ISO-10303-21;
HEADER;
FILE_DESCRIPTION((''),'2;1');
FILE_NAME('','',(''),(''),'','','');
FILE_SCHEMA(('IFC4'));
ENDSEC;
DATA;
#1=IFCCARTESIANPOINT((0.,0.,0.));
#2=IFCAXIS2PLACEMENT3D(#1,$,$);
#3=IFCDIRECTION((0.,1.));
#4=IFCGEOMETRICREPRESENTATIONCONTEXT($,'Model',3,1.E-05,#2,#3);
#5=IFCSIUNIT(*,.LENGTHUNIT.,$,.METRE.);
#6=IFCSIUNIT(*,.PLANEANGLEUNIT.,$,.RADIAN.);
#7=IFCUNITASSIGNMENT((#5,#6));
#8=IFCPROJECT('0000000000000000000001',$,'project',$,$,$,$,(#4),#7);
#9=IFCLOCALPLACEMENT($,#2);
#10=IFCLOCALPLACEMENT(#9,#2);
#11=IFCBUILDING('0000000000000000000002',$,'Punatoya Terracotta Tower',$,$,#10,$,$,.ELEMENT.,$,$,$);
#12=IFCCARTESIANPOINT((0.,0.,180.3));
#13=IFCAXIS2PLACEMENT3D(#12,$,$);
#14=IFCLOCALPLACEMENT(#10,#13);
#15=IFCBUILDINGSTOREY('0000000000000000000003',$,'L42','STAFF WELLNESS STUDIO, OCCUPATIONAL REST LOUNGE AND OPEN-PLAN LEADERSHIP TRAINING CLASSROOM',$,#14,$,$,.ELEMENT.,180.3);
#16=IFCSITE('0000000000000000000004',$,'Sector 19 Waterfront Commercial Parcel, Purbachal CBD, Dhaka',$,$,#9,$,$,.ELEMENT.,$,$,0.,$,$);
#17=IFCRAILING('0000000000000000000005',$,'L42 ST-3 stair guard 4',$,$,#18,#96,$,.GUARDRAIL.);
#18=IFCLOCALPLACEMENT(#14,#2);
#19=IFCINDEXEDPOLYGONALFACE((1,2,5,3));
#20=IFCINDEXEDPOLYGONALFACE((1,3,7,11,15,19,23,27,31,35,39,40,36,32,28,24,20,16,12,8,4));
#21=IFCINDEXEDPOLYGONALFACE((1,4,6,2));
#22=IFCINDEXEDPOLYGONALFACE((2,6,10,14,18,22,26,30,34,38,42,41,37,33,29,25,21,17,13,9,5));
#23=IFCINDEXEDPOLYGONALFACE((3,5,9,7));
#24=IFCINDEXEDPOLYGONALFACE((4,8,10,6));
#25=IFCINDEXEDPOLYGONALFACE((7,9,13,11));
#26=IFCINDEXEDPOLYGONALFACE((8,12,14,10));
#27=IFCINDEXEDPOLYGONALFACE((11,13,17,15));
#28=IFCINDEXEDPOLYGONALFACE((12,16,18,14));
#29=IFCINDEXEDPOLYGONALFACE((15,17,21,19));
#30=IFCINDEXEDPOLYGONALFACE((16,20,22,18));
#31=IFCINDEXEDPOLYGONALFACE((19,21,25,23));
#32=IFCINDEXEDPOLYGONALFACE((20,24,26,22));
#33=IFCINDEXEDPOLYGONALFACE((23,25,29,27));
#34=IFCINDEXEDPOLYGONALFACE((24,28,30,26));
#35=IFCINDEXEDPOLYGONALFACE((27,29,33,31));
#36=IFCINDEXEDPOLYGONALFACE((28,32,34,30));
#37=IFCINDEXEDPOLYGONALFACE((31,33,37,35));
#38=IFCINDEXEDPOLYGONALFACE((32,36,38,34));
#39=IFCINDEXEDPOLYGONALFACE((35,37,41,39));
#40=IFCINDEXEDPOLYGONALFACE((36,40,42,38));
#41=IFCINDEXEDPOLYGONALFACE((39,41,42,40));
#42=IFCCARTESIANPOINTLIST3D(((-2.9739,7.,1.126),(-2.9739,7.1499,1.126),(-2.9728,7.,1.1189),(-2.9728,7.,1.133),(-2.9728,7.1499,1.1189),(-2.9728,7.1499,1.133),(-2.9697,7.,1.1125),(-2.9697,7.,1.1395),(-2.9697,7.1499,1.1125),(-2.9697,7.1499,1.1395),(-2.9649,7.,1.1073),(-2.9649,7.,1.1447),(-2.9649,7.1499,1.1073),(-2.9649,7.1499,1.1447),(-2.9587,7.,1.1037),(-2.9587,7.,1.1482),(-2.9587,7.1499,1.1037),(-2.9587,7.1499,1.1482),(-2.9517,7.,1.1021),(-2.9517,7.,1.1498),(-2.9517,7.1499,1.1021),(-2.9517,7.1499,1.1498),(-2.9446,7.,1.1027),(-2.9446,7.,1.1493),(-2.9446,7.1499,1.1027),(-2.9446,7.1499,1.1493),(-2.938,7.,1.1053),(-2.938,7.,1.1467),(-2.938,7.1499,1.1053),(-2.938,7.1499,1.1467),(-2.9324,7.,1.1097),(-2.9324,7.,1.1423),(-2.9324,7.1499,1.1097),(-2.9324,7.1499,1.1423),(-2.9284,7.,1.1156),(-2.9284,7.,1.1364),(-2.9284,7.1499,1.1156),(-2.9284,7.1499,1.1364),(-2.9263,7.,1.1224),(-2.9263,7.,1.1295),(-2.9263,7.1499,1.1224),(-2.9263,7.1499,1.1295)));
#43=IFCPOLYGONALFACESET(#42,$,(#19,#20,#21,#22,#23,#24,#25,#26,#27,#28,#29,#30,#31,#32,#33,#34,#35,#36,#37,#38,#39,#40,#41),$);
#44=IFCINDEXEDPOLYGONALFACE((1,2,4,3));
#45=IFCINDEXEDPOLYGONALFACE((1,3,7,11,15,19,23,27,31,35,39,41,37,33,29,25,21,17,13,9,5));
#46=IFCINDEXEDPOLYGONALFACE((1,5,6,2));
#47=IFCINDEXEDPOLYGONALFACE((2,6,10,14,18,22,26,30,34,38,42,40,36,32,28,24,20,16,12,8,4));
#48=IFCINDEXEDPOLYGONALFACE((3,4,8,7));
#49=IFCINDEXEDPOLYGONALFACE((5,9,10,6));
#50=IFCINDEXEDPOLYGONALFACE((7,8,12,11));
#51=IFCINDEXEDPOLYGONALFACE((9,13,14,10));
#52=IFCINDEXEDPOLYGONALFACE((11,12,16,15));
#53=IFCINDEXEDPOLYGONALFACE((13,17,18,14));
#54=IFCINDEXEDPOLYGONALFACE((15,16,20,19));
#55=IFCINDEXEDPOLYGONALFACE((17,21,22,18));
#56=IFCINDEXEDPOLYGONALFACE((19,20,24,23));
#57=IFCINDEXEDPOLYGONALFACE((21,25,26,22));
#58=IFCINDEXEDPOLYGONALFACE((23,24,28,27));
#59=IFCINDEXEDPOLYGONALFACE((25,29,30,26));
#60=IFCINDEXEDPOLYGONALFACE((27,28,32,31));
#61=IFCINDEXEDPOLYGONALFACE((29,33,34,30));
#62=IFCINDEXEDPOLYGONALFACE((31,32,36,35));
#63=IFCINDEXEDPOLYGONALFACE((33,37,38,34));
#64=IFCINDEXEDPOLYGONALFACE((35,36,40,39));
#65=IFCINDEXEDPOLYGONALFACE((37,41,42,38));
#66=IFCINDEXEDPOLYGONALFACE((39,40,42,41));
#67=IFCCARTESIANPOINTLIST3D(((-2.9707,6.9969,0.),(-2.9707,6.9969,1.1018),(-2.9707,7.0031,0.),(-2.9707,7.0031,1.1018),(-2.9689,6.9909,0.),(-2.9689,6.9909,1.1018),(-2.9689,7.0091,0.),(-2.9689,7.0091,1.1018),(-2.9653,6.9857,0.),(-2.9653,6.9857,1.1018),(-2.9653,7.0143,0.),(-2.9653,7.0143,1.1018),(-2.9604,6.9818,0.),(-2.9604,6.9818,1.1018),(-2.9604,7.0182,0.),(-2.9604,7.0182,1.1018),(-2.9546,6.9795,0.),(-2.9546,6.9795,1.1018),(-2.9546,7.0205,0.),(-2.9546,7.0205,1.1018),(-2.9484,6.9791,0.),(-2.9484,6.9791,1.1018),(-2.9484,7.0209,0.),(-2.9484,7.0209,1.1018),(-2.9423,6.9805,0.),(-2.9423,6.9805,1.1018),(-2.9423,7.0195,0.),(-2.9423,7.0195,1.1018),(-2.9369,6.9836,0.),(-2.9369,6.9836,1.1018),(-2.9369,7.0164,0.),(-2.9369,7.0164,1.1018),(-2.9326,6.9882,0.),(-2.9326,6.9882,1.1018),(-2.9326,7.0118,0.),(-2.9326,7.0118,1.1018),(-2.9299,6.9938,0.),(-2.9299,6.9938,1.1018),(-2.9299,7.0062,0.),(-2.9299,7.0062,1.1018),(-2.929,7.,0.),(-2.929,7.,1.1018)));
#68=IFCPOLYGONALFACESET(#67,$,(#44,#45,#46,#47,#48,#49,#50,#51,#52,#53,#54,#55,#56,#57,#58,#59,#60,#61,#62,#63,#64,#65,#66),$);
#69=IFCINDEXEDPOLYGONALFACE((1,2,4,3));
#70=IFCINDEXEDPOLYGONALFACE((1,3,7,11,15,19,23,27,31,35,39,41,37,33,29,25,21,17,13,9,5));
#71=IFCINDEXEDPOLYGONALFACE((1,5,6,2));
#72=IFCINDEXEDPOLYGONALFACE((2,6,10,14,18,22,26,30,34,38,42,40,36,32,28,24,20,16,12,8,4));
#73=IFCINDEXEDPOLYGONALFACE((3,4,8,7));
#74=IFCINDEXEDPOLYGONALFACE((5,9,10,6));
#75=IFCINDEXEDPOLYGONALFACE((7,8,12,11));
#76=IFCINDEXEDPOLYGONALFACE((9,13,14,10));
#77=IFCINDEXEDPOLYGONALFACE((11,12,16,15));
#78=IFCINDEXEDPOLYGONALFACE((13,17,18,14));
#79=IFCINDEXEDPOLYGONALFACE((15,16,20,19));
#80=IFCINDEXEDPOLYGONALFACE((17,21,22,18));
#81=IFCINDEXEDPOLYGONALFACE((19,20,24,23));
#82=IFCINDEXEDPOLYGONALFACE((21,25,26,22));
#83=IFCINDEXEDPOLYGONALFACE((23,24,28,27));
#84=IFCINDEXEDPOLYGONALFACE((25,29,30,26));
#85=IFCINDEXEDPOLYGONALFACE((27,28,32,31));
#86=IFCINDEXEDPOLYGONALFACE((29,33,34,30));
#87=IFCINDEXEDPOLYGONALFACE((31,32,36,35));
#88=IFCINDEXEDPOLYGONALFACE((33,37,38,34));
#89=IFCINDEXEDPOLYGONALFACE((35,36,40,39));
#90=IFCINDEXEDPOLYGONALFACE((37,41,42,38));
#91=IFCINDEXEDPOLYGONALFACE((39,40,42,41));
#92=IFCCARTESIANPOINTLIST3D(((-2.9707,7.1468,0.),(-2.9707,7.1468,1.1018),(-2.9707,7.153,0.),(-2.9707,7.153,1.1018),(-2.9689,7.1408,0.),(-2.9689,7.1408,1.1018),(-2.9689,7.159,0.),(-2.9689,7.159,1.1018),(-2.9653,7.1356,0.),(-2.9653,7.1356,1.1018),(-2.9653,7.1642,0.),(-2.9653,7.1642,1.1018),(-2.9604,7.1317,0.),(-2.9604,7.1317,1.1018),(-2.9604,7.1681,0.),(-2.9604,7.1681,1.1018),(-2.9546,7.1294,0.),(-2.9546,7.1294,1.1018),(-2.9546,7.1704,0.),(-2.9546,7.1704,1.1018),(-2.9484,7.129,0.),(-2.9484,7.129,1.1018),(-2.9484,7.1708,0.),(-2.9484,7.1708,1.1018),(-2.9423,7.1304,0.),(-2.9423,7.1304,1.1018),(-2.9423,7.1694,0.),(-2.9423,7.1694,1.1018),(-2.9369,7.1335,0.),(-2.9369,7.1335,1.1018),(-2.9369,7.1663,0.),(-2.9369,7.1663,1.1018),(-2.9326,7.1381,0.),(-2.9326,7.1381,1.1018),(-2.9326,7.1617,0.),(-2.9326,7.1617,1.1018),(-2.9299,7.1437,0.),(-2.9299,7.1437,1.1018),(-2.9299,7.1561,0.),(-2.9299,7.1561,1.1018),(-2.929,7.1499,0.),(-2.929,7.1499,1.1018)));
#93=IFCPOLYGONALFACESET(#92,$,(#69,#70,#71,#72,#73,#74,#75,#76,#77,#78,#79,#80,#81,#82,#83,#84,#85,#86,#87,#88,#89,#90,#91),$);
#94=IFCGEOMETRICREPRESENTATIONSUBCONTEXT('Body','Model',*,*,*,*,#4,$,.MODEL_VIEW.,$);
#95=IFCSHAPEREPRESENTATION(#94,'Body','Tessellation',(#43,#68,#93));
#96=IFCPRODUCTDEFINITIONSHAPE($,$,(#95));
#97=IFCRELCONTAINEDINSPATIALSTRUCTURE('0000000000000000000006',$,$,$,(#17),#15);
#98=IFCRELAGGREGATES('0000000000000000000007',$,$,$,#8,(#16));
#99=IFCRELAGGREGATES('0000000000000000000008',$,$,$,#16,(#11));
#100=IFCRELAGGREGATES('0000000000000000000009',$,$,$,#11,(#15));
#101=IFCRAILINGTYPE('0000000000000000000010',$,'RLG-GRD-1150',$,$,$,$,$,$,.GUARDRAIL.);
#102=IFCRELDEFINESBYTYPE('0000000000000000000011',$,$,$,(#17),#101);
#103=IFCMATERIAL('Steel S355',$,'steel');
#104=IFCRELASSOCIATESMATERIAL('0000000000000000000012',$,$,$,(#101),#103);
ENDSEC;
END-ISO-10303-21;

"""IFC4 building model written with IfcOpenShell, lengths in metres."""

from ifc_helpers import new_model, si_unit, direction, frame, origin, origin_2d, place, context, subcontext, project, spatial, circle, extrude, material, type_object, element, save


model = new_model("IFC4")

# Units and contexts
model_context = context("Model", 3, precision=1e-05, world=origin(), true_north=direction((0.0, 1.0)))
body_context = subcontext(model_context, "Body", "Model", "MODEL_VIEW")
ifc_project = project(units=[si_unit("LENGTHUNIT", "METRE"), si_unit("PLANEANGLEUNIT", "RADIAN")], contexts=[model_context])

# Site, building, storey
site_placement = place(None, origin())
site = spatial("IfcSite", under=ifc_project, at=site_placement, Name="Sector 19 Waterfront Commercial Parcel, Purbachal CBD, Dhaka", CompositionType="ELEMENT", RefElevation=0.0)
building_placement = place(site_placement, origin())
building = spatial("IfcBuilding", under=site, at=building_placement, Name="Punatoya Terracotta Tower", CompositionType="ELEMENT")
storey_placement = place(building_placement, frame((0.0, 0.0, 180.3)))
storey = spatial("IfcBuildingStorey", under=building, at=storey_placement, Name="L42", Description="STAFF WELLNESS STUDIO, OCCUPATIONAL REST LOUNGE AND OPEN-PLAN LEADERSHIP TRAINING CLASSROOM", CompositionType="ELEMENT", Elevation=180.3)

# Shared definitions
ifc_material_1 = material(Name="Steel S355", Category="steel")

# Railing
railing_type_1 = type_object("IfcRailingType", Name="RLG-GRD-1150", PredefinedType="GUARDRAIL", material=ifc_material_1)
railing_1_placement = place(storey_placement, frame((-2.95, 7.0, 0.0)))
element("IfcRailing", 1, at=railing_1_placement, inside=storey, type_object=railing_type_1, Name="L42 ST-3 stair guard 4", PredefinedType="GUARDRAIL", context=body_context, shape_type="SweptSolid", body=[
    extrude(circle(Radius=0.0239, at=origin_2d()), frame((0.0, 0.0, 1.126), z_axis=(0.0, 1.0, 0.0), x_axis=(-1.0, 0.0, 0.0)), (0.0, 0.0, 1.0), 0.1499),
    extrude(circle(Radius=0.021, at=origin_2d()), origin(), (0.0, 0.0, 1.0), 1.1018),
    extrude(circle(Radius=0.021, at=origin_2d()), frame((0.0, 0.1499, 0.0)), (0.0, 0.0, 1.0), 1.1018),
])

save(model, "model.ifc")
